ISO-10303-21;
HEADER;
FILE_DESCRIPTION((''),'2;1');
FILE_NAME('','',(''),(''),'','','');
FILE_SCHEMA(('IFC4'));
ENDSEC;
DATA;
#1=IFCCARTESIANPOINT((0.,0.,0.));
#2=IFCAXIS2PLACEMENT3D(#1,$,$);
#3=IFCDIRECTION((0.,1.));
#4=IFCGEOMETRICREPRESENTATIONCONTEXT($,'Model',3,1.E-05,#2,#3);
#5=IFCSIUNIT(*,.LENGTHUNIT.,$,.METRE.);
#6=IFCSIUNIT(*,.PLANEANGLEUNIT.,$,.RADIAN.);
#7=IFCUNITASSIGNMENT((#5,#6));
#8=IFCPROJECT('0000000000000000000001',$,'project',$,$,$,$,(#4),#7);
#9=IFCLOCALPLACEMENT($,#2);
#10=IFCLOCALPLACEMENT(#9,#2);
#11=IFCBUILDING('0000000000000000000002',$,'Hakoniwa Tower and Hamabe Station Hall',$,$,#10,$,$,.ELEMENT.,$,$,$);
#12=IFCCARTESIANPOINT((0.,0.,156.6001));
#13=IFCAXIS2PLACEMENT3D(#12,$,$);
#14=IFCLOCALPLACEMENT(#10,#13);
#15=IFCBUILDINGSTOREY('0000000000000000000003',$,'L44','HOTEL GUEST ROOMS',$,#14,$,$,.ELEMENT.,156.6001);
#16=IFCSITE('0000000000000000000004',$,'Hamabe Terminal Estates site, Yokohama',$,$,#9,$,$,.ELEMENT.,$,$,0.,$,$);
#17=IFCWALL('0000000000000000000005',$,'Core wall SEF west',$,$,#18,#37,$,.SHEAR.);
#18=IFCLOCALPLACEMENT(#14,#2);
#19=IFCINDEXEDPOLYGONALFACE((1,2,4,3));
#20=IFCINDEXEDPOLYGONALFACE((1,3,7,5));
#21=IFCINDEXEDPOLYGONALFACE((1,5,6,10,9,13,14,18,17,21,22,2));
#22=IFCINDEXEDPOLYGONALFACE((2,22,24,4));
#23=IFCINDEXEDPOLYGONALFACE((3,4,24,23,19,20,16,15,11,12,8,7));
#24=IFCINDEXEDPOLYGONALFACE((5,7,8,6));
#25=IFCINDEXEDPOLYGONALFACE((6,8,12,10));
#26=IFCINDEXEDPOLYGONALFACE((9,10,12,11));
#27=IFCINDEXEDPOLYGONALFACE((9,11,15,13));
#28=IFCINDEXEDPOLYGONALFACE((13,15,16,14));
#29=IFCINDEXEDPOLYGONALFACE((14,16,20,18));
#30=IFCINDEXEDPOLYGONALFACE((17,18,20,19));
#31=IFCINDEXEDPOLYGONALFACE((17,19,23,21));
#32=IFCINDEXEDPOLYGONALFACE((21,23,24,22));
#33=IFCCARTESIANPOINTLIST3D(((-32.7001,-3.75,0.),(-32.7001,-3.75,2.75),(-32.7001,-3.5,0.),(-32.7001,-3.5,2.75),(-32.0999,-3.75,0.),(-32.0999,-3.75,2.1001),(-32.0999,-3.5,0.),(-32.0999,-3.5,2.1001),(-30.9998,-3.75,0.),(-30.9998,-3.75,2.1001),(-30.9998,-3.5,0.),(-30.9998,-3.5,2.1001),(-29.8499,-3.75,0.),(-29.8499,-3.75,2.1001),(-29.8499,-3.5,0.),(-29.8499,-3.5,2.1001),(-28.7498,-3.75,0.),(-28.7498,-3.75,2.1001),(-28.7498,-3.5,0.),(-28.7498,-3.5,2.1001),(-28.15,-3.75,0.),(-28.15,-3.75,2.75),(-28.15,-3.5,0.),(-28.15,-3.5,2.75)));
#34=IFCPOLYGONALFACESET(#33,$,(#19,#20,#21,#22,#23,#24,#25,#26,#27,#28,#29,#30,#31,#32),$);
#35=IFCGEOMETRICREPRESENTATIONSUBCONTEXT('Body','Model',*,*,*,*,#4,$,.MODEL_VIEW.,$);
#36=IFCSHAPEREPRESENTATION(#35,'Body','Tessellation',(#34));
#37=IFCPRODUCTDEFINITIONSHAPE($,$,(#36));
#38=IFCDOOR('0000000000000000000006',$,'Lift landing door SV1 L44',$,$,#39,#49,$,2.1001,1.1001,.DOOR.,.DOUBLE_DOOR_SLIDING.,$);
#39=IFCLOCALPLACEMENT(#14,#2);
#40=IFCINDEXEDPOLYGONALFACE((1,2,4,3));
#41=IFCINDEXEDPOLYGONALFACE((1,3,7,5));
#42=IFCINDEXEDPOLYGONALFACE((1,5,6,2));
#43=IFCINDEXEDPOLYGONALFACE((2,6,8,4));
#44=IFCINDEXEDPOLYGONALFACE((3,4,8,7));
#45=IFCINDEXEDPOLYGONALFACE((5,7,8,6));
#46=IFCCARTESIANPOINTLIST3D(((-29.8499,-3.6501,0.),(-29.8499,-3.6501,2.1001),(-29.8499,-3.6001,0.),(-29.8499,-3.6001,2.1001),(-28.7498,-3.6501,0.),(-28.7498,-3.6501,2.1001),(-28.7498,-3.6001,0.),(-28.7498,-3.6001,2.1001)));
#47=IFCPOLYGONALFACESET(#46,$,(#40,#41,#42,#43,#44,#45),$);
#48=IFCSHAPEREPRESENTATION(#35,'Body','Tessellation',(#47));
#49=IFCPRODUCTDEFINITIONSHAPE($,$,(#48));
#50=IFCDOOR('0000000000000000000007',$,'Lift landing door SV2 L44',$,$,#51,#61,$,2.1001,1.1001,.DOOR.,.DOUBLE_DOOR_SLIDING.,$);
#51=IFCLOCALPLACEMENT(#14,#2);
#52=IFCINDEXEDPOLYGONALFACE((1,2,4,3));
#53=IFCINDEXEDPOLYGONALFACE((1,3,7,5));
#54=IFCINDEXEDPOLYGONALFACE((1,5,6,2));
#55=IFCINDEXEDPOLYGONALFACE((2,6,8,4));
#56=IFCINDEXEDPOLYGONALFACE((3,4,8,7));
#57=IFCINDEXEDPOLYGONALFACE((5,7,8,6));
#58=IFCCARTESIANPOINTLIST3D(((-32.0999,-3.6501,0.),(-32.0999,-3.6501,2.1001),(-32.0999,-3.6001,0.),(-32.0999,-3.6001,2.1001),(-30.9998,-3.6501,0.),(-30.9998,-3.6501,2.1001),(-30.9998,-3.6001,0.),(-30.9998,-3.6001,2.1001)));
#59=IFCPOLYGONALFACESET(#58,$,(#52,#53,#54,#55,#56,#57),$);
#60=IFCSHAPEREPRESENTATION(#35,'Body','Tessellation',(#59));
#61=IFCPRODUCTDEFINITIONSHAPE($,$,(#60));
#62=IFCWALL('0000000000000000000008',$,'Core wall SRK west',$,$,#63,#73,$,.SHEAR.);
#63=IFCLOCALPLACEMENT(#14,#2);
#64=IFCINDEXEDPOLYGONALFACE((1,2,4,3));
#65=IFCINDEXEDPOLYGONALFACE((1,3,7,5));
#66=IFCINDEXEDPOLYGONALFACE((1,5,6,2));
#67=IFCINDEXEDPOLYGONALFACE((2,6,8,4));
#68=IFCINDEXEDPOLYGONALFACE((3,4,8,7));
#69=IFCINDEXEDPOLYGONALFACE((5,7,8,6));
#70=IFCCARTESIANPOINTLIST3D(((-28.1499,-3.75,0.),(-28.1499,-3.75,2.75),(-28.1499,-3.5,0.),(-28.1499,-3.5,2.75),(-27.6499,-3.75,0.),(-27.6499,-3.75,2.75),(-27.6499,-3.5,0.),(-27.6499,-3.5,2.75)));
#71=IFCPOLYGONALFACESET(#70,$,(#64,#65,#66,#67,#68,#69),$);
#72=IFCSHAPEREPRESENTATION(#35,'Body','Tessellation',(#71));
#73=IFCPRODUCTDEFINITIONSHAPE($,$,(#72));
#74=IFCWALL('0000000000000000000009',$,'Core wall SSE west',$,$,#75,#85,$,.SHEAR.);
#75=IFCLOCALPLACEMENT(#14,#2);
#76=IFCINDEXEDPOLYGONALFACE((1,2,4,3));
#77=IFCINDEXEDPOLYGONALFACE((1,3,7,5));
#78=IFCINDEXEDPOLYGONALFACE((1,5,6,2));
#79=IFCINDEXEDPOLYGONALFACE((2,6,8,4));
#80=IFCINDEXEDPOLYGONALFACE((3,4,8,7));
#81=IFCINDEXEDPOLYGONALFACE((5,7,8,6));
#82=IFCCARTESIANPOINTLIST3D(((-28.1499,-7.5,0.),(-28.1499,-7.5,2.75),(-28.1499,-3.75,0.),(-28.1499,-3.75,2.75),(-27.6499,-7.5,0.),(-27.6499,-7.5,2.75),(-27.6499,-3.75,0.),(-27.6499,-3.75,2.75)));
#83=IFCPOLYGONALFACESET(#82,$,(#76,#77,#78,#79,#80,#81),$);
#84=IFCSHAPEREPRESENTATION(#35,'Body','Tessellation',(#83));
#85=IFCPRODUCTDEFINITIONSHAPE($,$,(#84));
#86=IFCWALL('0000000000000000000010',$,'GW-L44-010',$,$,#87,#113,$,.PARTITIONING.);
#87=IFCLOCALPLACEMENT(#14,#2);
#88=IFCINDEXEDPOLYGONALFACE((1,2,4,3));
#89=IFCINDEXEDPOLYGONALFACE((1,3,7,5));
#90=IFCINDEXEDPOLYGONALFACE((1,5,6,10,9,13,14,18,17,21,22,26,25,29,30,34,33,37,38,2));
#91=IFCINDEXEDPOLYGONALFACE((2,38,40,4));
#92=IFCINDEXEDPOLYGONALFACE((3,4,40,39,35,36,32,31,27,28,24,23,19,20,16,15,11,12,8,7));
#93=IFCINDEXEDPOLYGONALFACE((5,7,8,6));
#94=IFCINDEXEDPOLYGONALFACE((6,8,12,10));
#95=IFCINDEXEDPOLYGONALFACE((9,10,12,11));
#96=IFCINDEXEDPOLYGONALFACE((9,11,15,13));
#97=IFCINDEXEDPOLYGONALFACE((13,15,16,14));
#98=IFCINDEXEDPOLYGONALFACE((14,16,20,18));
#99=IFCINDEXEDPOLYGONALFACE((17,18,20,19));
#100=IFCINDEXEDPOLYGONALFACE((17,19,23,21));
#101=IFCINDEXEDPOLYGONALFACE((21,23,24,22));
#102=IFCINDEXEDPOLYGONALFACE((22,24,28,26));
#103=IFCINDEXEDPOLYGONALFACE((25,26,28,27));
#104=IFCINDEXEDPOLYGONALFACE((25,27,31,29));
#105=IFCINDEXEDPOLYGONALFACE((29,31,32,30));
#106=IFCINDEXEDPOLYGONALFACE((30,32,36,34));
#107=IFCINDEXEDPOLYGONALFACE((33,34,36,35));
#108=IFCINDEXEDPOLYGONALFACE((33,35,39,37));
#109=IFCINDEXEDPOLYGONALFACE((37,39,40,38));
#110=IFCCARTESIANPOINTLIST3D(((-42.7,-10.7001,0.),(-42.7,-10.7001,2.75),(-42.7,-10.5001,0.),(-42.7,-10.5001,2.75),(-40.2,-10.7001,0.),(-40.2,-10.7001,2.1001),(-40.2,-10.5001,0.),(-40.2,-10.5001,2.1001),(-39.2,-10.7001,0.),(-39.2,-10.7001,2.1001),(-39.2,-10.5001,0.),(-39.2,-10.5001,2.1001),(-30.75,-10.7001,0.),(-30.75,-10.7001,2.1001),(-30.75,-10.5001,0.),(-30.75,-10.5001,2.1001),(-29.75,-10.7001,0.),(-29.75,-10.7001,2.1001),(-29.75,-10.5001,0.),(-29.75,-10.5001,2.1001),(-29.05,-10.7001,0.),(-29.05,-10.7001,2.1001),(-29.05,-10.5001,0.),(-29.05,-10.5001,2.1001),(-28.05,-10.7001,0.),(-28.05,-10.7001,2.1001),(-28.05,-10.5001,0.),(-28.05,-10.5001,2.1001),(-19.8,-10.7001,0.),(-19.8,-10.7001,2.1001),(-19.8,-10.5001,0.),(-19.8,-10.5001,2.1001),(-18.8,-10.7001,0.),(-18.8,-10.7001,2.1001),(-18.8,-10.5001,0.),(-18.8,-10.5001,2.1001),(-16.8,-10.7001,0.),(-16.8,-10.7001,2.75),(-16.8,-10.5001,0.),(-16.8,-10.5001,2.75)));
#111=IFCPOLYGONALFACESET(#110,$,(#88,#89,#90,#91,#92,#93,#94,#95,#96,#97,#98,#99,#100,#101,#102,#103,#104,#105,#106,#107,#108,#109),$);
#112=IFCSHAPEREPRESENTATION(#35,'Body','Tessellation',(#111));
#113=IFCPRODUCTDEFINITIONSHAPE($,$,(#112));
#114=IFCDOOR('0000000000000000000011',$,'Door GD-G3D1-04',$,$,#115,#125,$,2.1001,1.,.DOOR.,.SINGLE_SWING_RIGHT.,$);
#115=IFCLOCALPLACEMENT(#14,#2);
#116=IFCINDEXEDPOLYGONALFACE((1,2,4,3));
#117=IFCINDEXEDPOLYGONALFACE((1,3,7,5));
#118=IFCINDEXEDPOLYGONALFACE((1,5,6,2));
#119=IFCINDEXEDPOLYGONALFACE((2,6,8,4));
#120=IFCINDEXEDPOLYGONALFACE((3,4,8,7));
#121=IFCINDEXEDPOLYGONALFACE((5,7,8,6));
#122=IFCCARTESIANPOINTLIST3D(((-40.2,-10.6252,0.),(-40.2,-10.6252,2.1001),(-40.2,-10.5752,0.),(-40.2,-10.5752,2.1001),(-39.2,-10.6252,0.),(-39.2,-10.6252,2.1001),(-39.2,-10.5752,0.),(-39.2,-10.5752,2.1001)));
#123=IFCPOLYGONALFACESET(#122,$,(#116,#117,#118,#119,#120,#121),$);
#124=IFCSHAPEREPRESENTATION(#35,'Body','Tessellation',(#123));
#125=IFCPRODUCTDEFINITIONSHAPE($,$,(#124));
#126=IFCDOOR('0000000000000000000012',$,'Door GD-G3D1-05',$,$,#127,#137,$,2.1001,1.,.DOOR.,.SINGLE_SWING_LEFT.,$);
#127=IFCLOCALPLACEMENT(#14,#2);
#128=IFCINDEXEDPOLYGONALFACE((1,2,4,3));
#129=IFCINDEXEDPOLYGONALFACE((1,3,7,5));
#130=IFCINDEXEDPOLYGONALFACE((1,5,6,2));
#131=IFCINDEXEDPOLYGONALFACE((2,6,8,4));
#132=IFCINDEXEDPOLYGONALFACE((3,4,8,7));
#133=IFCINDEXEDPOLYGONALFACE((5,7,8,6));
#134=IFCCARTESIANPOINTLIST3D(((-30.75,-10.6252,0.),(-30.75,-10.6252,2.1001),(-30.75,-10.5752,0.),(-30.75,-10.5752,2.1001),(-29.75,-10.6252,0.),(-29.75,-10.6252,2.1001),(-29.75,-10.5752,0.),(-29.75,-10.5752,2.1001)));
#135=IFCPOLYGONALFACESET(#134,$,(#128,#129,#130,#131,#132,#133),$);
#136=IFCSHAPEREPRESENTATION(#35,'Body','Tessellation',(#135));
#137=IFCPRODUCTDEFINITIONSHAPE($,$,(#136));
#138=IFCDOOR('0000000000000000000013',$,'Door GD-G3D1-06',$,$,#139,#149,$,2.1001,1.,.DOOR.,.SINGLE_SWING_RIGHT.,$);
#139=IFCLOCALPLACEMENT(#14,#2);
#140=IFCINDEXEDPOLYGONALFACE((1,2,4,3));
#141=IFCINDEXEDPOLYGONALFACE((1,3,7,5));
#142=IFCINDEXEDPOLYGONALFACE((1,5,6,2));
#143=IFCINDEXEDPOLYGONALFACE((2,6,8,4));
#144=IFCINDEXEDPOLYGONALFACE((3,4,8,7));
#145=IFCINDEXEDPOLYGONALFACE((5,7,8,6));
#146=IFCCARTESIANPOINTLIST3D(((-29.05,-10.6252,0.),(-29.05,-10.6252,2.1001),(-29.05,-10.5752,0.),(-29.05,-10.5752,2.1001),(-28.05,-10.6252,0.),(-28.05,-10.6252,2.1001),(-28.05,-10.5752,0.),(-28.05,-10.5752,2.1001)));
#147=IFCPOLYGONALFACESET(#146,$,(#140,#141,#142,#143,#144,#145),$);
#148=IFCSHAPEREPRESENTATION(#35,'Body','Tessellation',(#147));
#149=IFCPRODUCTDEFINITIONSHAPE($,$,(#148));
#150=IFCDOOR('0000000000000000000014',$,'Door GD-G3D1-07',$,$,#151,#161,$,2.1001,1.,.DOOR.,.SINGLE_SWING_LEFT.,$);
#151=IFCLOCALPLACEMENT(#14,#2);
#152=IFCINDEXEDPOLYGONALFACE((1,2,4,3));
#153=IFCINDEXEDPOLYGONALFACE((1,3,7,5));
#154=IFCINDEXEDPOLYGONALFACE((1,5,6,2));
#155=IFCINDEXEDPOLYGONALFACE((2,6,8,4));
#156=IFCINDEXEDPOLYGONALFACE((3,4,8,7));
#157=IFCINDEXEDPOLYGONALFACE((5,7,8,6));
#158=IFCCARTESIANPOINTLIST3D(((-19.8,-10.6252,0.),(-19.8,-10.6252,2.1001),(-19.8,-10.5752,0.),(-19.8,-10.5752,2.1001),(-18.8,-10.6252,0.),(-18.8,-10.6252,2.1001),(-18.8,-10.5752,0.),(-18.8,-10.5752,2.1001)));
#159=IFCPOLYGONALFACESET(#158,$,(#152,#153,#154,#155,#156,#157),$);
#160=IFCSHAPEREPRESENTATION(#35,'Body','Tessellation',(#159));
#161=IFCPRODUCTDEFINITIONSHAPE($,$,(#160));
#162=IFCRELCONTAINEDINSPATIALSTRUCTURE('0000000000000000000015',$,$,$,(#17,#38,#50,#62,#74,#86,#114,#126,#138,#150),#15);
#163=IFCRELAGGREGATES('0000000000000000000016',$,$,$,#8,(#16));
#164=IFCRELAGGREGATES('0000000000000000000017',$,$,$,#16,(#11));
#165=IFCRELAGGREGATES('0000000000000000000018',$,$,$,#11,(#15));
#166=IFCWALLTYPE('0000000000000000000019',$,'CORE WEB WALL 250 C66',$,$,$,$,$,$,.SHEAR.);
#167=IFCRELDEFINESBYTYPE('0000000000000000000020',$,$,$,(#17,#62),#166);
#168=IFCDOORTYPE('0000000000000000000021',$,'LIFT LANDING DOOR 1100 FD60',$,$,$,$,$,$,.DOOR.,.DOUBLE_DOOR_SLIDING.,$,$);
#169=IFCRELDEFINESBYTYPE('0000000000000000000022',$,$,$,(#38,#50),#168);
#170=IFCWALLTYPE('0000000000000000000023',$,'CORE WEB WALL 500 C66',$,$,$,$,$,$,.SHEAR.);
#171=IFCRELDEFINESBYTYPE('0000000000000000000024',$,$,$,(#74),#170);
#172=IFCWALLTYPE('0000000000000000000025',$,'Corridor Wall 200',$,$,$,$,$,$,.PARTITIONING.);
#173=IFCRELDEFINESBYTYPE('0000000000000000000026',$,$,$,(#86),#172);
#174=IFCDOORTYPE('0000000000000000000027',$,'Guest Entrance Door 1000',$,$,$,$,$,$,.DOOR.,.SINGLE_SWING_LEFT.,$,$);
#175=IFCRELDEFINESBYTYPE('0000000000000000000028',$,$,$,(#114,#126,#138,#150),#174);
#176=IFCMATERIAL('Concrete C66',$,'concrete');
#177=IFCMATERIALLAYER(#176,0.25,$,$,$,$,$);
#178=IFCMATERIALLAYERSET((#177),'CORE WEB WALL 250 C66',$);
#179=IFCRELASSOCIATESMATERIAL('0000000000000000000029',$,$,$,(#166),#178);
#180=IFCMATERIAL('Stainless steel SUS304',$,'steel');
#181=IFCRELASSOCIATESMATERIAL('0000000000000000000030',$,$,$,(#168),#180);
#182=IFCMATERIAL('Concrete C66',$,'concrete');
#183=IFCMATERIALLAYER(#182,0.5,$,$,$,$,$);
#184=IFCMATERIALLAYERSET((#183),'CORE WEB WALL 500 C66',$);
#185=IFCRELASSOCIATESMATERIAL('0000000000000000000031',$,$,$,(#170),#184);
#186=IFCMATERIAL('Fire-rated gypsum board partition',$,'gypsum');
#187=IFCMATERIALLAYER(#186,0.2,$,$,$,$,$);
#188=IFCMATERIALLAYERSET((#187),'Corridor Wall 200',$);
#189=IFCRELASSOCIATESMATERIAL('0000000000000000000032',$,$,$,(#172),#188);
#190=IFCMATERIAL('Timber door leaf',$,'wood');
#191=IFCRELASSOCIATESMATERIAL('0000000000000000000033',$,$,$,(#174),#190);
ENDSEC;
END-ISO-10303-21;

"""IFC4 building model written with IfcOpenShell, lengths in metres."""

from ifc_helpers import new_model, si_unit, direction, frame, frame_2d, origin, place, context, subcontext, project, spatial, rectangle, extrude, material, layer, layer_set, type_object, element, fill, save


model = new_model("IFC4")

# Units and contexts
model_context = context("Model", 3, precision=1e-05, world=origin(), true_north=direction((0.0, 1.0)))
body_context = subcontext(model_context, "Body", "Model", "MODEL_VIEW")
ifc_project = project(units=[si_unit("LENGTHUNIT", "METRE"), si_unit("PLANEANGLEUNIT", "RADIAN")], contexts=[model_context])

# Site, building, storey
site_placement = place(None, origin())
site = spatial("IfcSite", under=ifc_project, at=site_placement, Name="Hamabe Terminal Estates site, Yokohama", CompositionType="ELEMENT", RefElevation=0.0)
building_placement = place(site_placement, origin())
building = spatial("IfcBuilding", under=site, at=building_placement, Name="Hakoniwa Tower and Hamabe Station Hall", CompositionType="ELEMENT")
storey_placement = place(building_placement, frame((0.0, 0.0, 156.6001)))
storey = spatial("IfcBuildingStorey", under=building, at=storey_placement, Name="L44", Description="HOTEL GUEST ROOMS", CompositionType="ELEMENT", Elevation=156.6001)

# Shared definitions
ifc_material_1 = material(Name="Concrete C66", Category="concrete")
ifc_layer_1 = layer(ifc_material_1, 0.25)
ifc_layer_set_1 = layer_set([ifc_layer_1], Name="CORE WEB WALL 250 C66")
wall_type_1 = type_object("IfcWallType", Name="CORE WEB WALL 250 C66", PredefinedType="SHEAR", material=ifc_layer_set_1)

# Wall, openings, doors
wall_1_placement = place(storey_placement, frame((-32.7, -3.625, 0.0), z_axis=(0.0, 0.0, 1.0), x_axis=(1.0, 0.0, 0.0)))
wall_1 = element("IfcWall", 1, at=wall_1_placement, inside=storey, type_object=wall_type_1, Name="Core wall SEF west", PredefinedType="SHEAR", context=body_context, shape_type="SweptSolid", body=[
    extrude(rectangle(XDim=4.55, YDim=0.25, at=frame_2d((2.2749, 0.0))), origin(), (0.0, 0.0, 1.0), 2.75),
])
opening_1_placement = place(wall_1_placement, frame((2.8501, 0.0, 0.0)))
opening_1 = element("IfcOpeningElement", 2, at=opening_1_placement, cuts=wall_1, PredefinedType="OPENING", context=body_context, shape_type="SweptSolid", body=[
    extrude(rectangle(XDim=1.1001, YDim=2.1001, at=frame_2d((0.55, 1.05))), frame((0.0, 0.135, 0.0), z_axis=(0.0, -1.0, 0.0), x_axis=(1.0, 0.0, 0.0)), (0.0, 0.0, 1.0), 0.27),
])
opening_2_placement = place(wall_1_placement, frame((0.6001, 0.0, 0.0)))
opening_2 = element("IfcOpeningElement", 3, at=opening_2_placement, cuts=wall_1, PredefinedType="OPENING", context=body_context, shape_type="SweptSolid", body=[
    extrude(rectangle(XDim=1.1001, YDim=2.1001, at=frame_2d((0.55, 1.05))), frame((0.0, 0.135, 0.0), z_axis=(0.0, -1.0, 0.0), x_axis=(1.0, 0.0, 0.0)), (0.0, 0.0, 1.0), 0.27),
])
ifc_material_2 = material(Name="Stainless steel SUS304", Category="steel")
door_type_1 = type_object("IfcDoorType", Name="LIFT LANDING DOOR 1100 FD60", OperationType="DOUBLE_DOOR_SLIDING", PredefinedType="DOOR", material=ifc_material_2)
door_1_placement = place(opening_1_placement, origin())
door_1 = element("IfcDoor", 4, at=door_1_placement, inside=storey, type_object=door_type_1, Name="Lift landing door SV1 L44", OperationType="DOUBLE_DOOR_SLIDING", OverallHeight=2.1001, OverallWidth=1.1001, PredefinedType="DOOR", context=body_context, shape_type="SweptSolid", body=[
    extrude(rectangle(XDim=1.1001, YDim=2.1001, at=frame_2d((0.55, 1.05))), frame((0.0, 0.0249, 0.0), z_axis=(0.0, -1.0, 0.0), x_axis=(1.0, 0.0, 0.0)), (0.0, 0.0, 1.0), 0.05),
])
fill(opening_1, door_1)
door_2_placement = place(opening_2_placement, origin())
door_2 = element("IfcDoor", 5, at=door_2_placement, inside=storey, type_object=door_type_1, Name="Lift landing door SV2 L44", OperationType="DOUBLE_DOOR_SLIDING", OverallHeight=2.1001, OverallWidth=1.1001, PredefinedType="DOOR", context=body_context, shape_type="SweptSolid", body=[
    extrude(rectangle(XDim=1.1001, YDim=2.1001, at=frame_2d((0.55, 1.05))), frame((0.0, 0.0249, 0.0), z_axis=(0.0, -1.0, 0.0), x_axis=(1.0, 0.0, 0.0)), (0.0, 0.0, 1.0), 0.05),
])
fill(opening_2, door_2)

# Walls
wall_2_placement = place(storey_placement, frame((-28.1499, -3.625, 0.0), z_axis=(0.0, 0.0, 1.0), x_axis=(1.0, 0.0, 0.0)))
element("IfcWall", 6, at=wall_2_placement, inside=storey, type_object=wall_type_1, Name="Core wall SRK west", PredefinedType="SHEAR", context=body_context, shape_type="SweptSolid", body=[
    extrude(rectangle(XDim=0.5, YDim=0.25, at=frame_2d((0.25, 0.0))), origin(), (0.0, 0.0, 1.0), 2.75),
])
ifc_material_3 = material(Name="Concrete C66", Category="concrete")
ifc_layer_2 = layer(ifc_material_3, 0.5)
ifc_layer_set_2 = layer_set([ifc_layer_2], Name="CORE WEB WALL 500 C66")
wall_type_2 = type_object("IfcWallType", Name="CORE WEB WALL 500 C66", PredefinedType="SHEAR", material=ifc_layer_set_2)
wall_3_placement = place(storey_placement, frame((-27.8999, -7.5, 0.0), z_axis=(0.0, 0.0, 1.0), x_axis=(0.0, 1.0, 0.0)))
element("IfcWall", 7, at=wall_3_placement, inside=storey, type_object=wall_type_2, Name="Core wall SSE west", PredefinedType="SHEAR", context=body_context, shape_type="SweptSolid", body=[
    extrude(rectangle(XDim=3.75, YDim=0.5, at=frame_2d((1.875, 0.0))), origin(), (0.0, 0.0, 1.0), 2.75),
])

# Wall, openings, doors
ifc_material_4 = material(Name="Fire-rated gypsum board partition", Category="gypsum")
ifc_layer_3 = layer(ifc_material_4, 0.2)
ifc_layer_set_3 = layer_set([ifc_layer_3], Name="Corridor Wall 200")
wall_type_3 = type_object("IfcWallType", Name="Corridor Wall 200", PredefinedType="PARTITIONING", material=ifc_layer_set_3)
wall_4_placement = place(storey_placement, frame((-42.7, -10.6001, 0.0), z_axis=(0.0, 0.0, 1.0), x_axis=(1.0, 0.0, 0.0)))
wall_4 = element("IfcWall", 8, at=wall_4_placement, inside=storey, type_object=wall_type_3, Name="GW-L44-010", PredefinedType="PARTITIONING", context=body_context, shape_type="SweptSolid", body=[
    extrude(rectangle(XDim=25.8999, YDim=0.2, at=frame_2d((12.95, 0.0))), origin(), (0.0, 0.0, 1.0), 2.75),
])
opening_3_placement = place(wall_4_placement, frame((2.5, 0.0, 0.0)))
opening_3 = element("IfcOpeningElement", 9, at=opening_3_placement, cuts=wall_4, PredefinedType="OPENING", context=body_context, shape_type="SweptSolid", body=[
    extrude(rectangle(XDim=1.0, YDim=2.1001, at=frame_2d((0.5, 1.05))), frame((0.0, 0.1099, 0.0), z_axis=(0.0, -1.0, 0.0), x_axis=(1.0, 0.0, 0.0)), (0.0, 0.0, 1.0), 0.22),
])
opening_4_placement = place(wall_4_placement, frame((11.95, 0.0, 0.0)))
opening_4 = element("IfcOpeningElement", 10, at=opening_4_placement, cuts=wall_4, PredefinedType="OPENING", context=body_context, shape_type="SweptSolid", body=[
    extrude(rectangle(XDim=1.0, YDim=2.1001, at=frame_2d((0.5, 1.05))), frame((0.0, 0.1099, 0.0), z_axis=(0.0, -1.0, 0.0), x_axis=(1.0, 0.0, 0.0)), (0.0, 0.0, 1.0), 0.22),
])
opening_5_placement = place(wall_4_placement, frame((13.6499, 0.0, 0.0)))
opening_5 = element("IfcOpeningElement", 11, at=opening_5_placement, cuts=wall_4, PredefinedType="OPENING", context=body_context, shape_type="SweptSolid", body=[
    extrude(rectangle(XDim=1.0, YDim=2.1001, at=frame_2d((0.5, 1.05))), frame((0.0, 0.1099, 0.0), z_axis=(0.0, -1.0, 0.0), x_axis=(1.0, 0.0, 0.0)), (0.0, 0.0, 1.0), 0.22),
])
opening_6_placement = place(wall_4_placement, frame((22.8999, 0.0, 0.0)))
opening_6 = element("IfcOpeningElement", 12, at=opening_6_placement, cuts=wall_4, PredefinedType="OPENING", context=body_context, shape_type="SweptSolid", body=[
    extrude(rectangle(XDim=1.0, YDim=2.1001, at=frame_2d((0.5, 1.05))), frame((0.0, 0.1099, 0.0), z_axis=(0.0, -1.0, 0.0), x_axis=(1.0, 0.0, 0.0)), (0.0, 0.0, 1.0), 0.22),
])
ifc_material_5 = material(Name="Timber door leaf", Category="wood")
door_type_2 = type_object("IfcDoorType", Name="Guest Entrance Door 1000", OperationType="SINGLE_SWING_LEFT", PredefinedType="DOOR", material=ifc_material_5)
door_3_placement = place(opening_3_placement, origin())
door_3 = element("IfcDoor", 13, at=door_3_placement, inside=storey, type_object=door_type_2, Name="Door GD-G3D1-04", OperationType="SINGLE_SWING_RIGHT", OverallHeight=2.1001, OverallWidth=1.0, PredefinedType="DOOR", context=body_context, shape_type="SweptSolid", body=[
    extrude(rectangle(XDim=1.0, YDim=2.1001, at=frame_2d((0.5, 1.05))), frame((0.0, 0.0249, 0.0), z_axis=(0.0, -1.0, 0.0), x_axis=(1.0, 0.0, 0.0)), (0.0, 0.0, 1.0), 0.05),
])
fill(opening_3, door_3)
door_4_placement = place(opening_4_placement, origin())
door_4 = element("IfcDoor", 14, at=door_4_placement, inside=storey, type_object=door_type_2, Name="Door GD-G3D1-05", OperationType="SINGLE_SWING_LEFT", OverallHeight=2.1001, OverallWidth=1.0, PredefinedType="DOOR", context=body_context, shape_type="SweptSolid", body=[
    extrude(rectangle(XDim=1.0, YDim=2.1001, at=frame_2d((0.5, 1.05))), frame((0.0, 0.0249, 0.0), z_axis=(0.0, -1.0, 0.0), x_axis=(1.0, 0.0, 0.0)), (0.0, 0.0, 1.0), 0.05),
])
fill(opening_4, door_4)
door_5_placement = place(opening_5_placement, origin())
door_5 = element("IfcDoor", 15, at=door_5_placement, inside=storey, type_object=door_type_2, Name="Door GD-G3D1-06", OperationType="SINGLE_SWING_RIGHT", OverallHeight=2.1001, OverallWidth=1.0, PredefinedType="DOOR", context=body_context, shape_type="SweptSolid", body=[
    extrude(rectangle(XDim=1.0, YDim=2.1001, at=frame_2d((0.5, 1.05))), frame((0.0, 0.0249, 0.0), z_axis=(0.0, -1.0, 0.0), x_axis=(1.0, 0.0, 0.0)), (0.0, 0.0, 1.0), 0.05),
])
fill(opening_5, door_5)
door_6_placement = place(opening_6_placement, origin())
door_6 = element("IfcDoor", 16, at=door_6_placement, inside=storey, type_object=door_type_2, Name="Door GD-G3D1-07", OperationType="SINGLE_SWING_LEFT", OverallHeight=2.1001, OverallWidth=1.0, PredefinedType="DOOR", context=body_context, shape_type="SweptSolid", body=[
    extrude(rectangle(XDim=1.0, YDim=2.1001, at=frame_2d((0.5, 1.05))), frame((0.0, 0.0249, 0.0), z_axis=(0.0, -1.0, 0.0), x_axis=(1.0, 0.0, 0.0)), (0.0, 0.0, 1.0), 0.05),
])
fill(opening_6, door_6)

save(model, "model.ifc")
